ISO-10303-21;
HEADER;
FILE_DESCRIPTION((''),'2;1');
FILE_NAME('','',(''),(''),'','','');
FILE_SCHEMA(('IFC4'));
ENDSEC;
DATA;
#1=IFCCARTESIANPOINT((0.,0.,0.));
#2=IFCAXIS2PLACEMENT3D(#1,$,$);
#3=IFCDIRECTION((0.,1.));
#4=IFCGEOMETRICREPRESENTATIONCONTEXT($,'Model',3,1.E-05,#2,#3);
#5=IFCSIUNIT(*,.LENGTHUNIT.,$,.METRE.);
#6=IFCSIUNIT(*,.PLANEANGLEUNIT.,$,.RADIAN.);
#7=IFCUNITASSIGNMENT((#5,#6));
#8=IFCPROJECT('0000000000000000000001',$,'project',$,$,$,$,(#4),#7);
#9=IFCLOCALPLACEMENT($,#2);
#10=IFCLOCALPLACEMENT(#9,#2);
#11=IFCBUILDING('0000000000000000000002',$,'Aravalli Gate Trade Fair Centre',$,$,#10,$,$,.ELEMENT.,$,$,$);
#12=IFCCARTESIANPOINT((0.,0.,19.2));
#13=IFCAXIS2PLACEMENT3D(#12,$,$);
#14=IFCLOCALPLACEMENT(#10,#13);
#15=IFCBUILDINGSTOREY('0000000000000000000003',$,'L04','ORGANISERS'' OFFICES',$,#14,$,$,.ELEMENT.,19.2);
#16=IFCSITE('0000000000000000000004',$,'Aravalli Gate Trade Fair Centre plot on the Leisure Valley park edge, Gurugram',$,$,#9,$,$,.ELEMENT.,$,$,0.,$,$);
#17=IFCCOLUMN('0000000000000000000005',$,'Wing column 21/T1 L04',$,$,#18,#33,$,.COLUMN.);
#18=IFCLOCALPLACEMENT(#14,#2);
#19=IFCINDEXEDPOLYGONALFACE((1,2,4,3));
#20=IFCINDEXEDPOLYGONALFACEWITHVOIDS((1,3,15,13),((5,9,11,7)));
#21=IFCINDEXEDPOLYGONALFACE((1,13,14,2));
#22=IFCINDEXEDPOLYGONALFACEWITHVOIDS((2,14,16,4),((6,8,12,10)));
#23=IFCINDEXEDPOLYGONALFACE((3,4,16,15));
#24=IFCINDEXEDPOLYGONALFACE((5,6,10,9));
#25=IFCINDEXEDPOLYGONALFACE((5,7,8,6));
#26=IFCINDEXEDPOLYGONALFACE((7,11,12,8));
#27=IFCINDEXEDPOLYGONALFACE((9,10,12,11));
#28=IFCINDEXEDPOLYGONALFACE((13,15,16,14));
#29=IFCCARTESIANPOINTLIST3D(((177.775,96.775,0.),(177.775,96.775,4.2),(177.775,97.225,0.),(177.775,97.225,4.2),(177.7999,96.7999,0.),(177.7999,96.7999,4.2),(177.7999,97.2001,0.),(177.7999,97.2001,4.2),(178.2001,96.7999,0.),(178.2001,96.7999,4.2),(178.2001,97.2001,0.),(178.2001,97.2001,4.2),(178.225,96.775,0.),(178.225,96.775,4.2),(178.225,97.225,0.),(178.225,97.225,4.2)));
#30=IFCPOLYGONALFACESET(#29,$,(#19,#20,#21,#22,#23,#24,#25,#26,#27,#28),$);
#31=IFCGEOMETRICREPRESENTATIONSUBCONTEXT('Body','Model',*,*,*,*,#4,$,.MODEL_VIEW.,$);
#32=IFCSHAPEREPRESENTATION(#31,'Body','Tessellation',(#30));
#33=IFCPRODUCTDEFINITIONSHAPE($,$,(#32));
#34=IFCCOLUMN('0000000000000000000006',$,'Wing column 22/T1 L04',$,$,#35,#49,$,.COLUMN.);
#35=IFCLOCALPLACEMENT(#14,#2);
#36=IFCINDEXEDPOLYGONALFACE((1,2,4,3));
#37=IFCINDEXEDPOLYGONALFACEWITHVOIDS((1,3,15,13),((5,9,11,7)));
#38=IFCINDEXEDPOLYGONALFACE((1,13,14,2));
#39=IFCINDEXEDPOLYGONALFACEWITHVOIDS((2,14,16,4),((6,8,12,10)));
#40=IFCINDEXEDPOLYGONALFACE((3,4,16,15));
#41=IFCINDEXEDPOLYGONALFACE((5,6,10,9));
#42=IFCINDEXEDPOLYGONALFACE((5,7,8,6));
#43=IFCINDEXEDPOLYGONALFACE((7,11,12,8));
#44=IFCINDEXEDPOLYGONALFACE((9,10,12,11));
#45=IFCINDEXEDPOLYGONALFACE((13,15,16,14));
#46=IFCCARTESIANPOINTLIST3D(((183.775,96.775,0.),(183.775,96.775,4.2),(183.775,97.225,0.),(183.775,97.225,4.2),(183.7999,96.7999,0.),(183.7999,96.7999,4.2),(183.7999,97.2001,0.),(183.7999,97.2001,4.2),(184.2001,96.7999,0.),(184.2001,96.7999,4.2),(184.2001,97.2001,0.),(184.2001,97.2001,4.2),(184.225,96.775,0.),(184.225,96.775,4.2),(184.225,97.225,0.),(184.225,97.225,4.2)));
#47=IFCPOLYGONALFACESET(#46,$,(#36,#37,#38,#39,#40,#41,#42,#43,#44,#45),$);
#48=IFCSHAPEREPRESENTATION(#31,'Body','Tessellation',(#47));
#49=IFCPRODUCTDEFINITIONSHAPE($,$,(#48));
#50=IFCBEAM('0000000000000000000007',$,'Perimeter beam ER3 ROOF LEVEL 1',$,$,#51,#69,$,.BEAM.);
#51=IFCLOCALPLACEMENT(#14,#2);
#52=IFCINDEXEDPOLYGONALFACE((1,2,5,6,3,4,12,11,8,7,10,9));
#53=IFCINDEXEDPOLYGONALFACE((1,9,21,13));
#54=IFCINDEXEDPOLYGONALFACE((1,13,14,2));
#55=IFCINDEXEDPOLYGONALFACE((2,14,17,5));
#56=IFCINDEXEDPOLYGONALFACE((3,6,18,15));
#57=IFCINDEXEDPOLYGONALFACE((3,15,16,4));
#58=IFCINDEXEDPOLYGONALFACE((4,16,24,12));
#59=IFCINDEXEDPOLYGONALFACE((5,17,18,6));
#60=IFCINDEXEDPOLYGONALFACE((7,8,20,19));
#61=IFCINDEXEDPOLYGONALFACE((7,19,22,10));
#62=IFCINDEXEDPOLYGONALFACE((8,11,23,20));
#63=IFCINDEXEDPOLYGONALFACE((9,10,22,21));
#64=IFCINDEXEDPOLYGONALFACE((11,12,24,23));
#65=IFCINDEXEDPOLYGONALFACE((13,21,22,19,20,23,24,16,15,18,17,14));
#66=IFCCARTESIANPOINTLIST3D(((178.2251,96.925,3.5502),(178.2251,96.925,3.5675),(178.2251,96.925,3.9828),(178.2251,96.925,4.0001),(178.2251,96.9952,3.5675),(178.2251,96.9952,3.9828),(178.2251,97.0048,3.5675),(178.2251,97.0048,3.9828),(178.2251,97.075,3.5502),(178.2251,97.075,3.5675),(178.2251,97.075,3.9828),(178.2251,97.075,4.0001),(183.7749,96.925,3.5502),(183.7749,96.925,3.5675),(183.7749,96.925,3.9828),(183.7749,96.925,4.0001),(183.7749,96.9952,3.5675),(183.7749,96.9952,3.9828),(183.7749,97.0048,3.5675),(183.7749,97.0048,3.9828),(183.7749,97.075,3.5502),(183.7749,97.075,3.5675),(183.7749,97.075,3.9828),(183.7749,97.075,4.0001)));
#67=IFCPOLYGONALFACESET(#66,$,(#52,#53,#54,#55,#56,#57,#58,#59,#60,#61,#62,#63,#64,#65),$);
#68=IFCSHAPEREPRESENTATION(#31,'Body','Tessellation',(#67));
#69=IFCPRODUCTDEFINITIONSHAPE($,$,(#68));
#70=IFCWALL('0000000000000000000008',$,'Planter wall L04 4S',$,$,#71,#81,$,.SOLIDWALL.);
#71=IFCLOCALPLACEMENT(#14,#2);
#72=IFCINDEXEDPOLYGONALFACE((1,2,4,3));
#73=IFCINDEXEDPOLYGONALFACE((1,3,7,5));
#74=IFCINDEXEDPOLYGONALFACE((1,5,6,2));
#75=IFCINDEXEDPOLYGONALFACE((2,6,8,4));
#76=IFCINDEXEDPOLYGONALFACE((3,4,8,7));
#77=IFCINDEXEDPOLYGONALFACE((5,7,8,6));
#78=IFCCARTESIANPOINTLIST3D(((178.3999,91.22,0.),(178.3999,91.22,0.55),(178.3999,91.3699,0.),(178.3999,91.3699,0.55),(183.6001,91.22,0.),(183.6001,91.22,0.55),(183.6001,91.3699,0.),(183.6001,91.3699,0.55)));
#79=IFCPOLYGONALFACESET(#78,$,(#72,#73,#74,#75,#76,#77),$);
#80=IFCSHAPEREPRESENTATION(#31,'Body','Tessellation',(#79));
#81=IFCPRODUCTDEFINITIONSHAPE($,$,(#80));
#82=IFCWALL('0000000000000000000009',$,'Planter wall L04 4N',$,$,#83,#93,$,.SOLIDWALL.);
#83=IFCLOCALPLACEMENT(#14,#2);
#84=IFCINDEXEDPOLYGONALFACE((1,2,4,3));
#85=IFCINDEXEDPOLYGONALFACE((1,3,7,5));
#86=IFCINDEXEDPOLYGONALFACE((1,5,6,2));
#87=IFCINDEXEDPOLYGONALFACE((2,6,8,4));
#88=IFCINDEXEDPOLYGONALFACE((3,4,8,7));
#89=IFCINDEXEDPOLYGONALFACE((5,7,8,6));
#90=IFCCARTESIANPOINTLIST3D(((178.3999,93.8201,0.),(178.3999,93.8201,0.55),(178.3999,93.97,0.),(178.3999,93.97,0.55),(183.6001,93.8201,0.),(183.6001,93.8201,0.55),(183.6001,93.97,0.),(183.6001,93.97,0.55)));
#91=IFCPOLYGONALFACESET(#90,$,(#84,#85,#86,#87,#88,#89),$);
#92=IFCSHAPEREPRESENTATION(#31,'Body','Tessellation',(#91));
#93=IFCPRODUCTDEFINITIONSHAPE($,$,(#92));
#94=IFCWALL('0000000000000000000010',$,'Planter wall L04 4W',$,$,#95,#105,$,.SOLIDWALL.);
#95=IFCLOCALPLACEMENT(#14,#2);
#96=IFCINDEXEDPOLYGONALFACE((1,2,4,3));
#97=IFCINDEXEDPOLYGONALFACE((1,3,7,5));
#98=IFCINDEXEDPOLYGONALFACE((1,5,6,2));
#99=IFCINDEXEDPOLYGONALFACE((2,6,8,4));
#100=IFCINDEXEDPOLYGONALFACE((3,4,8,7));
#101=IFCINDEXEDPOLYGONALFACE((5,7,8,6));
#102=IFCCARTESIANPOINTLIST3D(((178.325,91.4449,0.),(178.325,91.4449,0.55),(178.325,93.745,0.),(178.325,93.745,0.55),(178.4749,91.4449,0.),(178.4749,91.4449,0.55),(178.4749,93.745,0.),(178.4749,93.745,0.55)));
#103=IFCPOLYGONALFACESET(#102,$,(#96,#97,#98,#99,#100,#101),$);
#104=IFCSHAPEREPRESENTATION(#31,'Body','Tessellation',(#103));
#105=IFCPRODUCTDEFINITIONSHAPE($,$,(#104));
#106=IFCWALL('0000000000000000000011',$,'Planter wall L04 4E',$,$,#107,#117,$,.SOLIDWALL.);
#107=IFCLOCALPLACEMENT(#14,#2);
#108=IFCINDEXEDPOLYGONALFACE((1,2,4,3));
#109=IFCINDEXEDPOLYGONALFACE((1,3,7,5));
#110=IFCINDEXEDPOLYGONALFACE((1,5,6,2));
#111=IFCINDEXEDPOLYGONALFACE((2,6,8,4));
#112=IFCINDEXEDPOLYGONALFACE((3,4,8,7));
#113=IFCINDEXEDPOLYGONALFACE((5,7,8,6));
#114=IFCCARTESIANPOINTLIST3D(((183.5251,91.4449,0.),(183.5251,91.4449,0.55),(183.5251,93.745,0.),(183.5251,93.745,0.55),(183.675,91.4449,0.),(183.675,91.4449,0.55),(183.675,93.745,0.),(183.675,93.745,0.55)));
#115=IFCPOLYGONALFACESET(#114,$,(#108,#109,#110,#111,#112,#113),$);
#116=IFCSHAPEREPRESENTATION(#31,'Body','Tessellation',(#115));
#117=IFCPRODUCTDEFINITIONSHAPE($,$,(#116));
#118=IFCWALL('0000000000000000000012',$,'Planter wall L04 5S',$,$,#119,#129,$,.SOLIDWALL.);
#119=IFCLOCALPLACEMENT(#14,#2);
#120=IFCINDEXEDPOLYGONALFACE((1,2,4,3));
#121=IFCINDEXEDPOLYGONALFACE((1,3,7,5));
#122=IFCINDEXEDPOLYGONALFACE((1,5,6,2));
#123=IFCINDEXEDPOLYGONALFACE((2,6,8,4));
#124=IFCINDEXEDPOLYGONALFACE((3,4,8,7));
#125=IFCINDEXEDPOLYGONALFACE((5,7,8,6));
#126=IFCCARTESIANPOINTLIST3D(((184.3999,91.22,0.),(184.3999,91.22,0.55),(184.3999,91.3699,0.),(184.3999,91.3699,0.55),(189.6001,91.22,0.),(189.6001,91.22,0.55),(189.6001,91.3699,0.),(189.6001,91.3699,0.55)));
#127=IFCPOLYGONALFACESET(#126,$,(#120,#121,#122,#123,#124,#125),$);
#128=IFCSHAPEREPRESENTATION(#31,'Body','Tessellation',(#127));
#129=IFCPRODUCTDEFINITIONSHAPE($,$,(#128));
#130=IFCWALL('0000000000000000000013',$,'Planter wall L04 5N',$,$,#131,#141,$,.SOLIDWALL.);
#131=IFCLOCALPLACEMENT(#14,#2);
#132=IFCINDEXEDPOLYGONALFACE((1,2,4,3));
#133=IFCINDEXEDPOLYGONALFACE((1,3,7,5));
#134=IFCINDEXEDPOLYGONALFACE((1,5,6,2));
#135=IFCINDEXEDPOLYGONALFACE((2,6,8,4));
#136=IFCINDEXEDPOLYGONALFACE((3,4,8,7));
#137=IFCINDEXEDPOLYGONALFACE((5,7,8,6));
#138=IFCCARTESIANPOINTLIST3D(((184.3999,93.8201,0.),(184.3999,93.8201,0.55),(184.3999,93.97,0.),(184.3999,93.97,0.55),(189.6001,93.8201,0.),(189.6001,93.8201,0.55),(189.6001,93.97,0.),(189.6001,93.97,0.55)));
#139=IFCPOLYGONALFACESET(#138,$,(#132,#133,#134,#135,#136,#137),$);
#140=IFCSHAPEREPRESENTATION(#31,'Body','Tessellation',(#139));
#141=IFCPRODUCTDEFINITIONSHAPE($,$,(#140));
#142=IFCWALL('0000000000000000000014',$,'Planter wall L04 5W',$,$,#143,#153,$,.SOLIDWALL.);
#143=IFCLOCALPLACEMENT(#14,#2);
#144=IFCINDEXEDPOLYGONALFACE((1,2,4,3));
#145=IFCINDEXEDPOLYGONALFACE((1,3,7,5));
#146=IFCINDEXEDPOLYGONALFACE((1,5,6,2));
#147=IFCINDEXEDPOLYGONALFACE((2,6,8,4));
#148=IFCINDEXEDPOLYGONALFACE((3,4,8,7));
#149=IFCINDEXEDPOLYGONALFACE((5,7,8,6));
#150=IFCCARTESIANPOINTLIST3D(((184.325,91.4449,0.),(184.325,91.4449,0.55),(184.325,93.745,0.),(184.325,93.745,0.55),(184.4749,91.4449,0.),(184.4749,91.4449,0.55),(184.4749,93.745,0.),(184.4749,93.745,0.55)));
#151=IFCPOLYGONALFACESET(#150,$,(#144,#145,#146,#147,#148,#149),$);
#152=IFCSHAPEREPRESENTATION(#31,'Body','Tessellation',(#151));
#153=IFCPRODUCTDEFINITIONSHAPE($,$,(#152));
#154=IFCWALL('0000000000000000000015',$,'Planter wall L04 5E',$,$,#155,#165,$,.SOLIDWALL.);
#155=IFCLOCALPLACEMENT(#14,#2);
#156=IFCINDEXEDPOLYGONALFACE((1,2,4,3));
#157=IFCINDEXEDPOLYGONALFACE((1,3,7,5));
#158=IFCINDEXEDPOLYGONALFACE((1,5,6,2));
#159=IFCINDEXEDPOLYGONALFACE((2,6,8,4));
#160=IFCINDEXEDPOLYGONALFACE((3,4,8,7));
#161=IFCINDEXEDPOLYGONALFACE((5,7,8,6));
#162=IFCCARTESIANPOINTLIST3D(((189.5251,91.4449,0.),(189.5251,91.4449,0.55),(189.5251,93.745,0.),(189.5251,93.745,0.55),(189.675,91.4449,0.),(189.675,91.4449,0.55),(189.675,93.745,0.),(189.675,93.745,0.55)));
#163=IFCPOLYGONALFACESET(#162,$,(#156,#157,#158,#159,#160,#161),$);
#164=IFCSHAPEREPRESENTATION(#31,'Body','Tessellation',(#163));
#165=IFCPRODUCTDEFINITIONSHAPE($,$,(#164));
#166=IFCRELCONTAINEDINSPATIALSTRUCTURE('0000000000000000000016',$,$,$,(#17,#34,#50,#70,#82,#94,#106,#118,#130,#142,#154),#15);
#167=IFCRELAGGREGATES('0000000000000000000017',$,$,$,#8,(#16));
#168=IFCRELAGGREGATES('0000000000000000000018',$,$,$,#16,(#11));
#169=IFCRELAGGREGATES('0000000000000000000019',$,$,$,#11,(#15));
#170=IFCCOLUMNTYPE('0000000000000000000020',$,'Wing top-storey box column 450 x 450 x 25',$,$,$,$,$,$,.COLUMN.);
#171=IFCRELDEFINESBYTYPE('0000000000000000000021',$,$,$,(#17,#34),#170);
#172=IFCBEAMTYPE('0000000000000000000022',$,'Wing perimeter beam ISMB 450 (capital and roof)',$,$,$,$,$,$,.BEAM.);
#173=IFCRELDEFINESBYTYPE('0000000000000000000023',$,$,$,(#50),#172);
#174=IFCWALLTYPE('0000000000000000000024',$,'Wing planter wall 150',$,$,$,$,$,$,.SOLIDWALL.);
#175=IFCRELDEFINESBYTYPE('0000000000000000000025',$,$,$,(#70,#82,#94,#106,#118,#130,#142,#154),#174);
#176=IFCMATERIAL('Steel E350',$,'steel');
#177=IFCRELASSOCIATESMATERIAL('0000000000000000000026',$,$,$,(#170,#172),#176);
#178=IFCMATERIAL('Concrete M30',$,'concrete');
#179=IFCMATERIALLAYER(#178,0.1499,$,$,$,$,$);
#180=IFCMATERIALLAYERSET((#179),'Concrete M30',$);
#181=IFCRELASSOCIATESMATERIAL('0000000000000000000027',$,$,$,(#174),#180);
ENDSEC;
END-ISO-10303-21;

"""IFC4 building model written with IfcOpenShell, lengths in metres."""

from ifc_helpers import new_model, si_unit, direction, frame, frame_2d, origin, origin_2d, place, context, subcontext, project, spatial, rectangle, hollow_rectangle, i_section, extrude, material, layer, layer_set, material_profile, profile_set, type_object, element, save


model = new_model("IFC4")

# Units and contexts
model_context = context("Model", 3, precision=1e-05, world=origin(), true_north=direction((0.0, 1.0)))
body_context = subcontext(model_context, "Body", "Model", "MODEL_VIEW")
ifc_project = project(units=[si_unit("LENGTHUNIT", "METRE"), si_unit("PLANEANGLEUNIT", "RADIAN")], contexts=[model_context])

# Site, building, storey
site_placement = place(None, origin())
site = spatial("IfcSite", under=ifc_project, at=site_placement, Name="Aravalli Gate Trade Fair Centre plot on the Leisure Valley park edge, Gurugram", CompositionType="ELEMENT", RefElevation=0.0)
building_placement = place(site_placement, origin())
building = spatial("IfcBuilding", under=site, at=building_placement, Name="Aravalli Gate Trade Fair Centre", CompositionType="ELEMENT")
storey_placement = place(building_placement, frame((0.0, 0.0, 19.2)))
storey = spatial("IfcBuildingStorey", under=building, at=storey_placement, Name="L04", Description="ORGANISERS' OFFICES", CompositionType="ELEMENT", Elevation=19.2)

# Columns
ifc_material_1 = material(Name="Steel E350", Category="steel")
ifc_material_profile_1 = material_profile(ifc_material_1, hollow_rectangle(XDim=0.45, YDim=0.45, WallThickness=0.0249, at=origin_2d()), Name="BOX 450x450x25")
ifc_profile_set_1 = profile_set([ifc_material_profile_1], Name="Steel E350")
column_type = type_object("IfcColumnType", Name="Wing top-storey box column 450 x 450 x 25", PredefinedType="COLUMN", material=ifc_profile_set_1)
for number, where, z_axis, x_axis, name in (
    (1, (178.0, 97.0, 0.0), (0.0, 0.0, 1.0), (1.0, 0.0, 0.0), "Wing column 21/T1 L04"),
    (2, (184.0, 97.0, 0.0), (0.0, 0.0, 1.0), (1.0, 0.0, 0.0), "Wing column 22/T1 L04"),
):
    element("IfcColumn", number, at=place(storey_placement, frame(where, z_axis=z_axis, x_axis=x_axis)), inside=storey, type_object=column_type, Name=name, PredefinedType="COLUMN", context=body_context, shape_type="SweptSolid", body=[
        extrude(hollow_rectangle(XDim=0.45, YDim=0.45, WallThickness=0.0249, at=origin_2d()), origin(), (0.0, 0.0, 1.0), 4.2),
    ])

# Beam
ifc_material_profile_2 = material_profile(ifc_material_1, i_section(OverallWidth=0.1499, OverallDepth=0.45, WebThickness=0.0095, FlangeThickness=0.0173, at=origin_2d()), Name="ISMB 450")
ifc_profile_set_2 = profile_set([ifc_material_profile_2], Name="Steel E350")
beam_type = type_object("IfcBeamType", Name="Wing perimeter beam ISMB 450 (capital and roof)", PredefinedType="BEAM", material=ifc_profile_set_2)
beam_placement = place(storey_placement, frame((178.2251, 97.0, 3.7751), z_axis=(1.0, 0.0, 0.0), x_axis=(0.0, 1.0, 0.0)))
element("IfcBeam", 3, at=beam_placement, inside=storey, type_object=beam_type, Name="Perimeter beam ER3 ROOF LEVEL 1", PredefinedType="BEAM", context=body_context, shape_type="SweptSolid", body=[
    extrude(i_section(OverallWidth=0.1499, OverallDepth=0.45, WebThickness=0.0095, FlangeThickness=0.0173, at=origin_2d()), origin(), (0.0, 0.0, 1.0), 5.5498),
])

# Walls
ifc_material_2 = material(Name="Concrete M30", Category="concrete")
ifc_layer_1 = layer(ifc_material_2, 0.1499)
ifc_layer_set_1 = layer_set([ifc_layer_1], Name="Concrete M30")
wall_type_1 = type_object("IfcWallType", Name="Wing planter wall 150", PredefinedType="SOLIDWALL", material=ifc_layer_set_1)
for number, where, z_axis, x_axis, name in (
    (4, (178.3999, 91.2949, 0.0), (0.0, 0.0, 1.0), (1.0, 0.0, 0.0), "Planter wall L04 4S"),
    (5, (178.3999, 93.895, 0.0), (0.0, 0.0, 1.0), (1.0, 0.0, 0.0), "Planter wall L04 4N"),
):
    element("IfcWall", number, at=place(storey_placement, frame(where, z_axis=z_axis, x_axis=x_axis)), inside=storey, type_object=wall_type_1, Name=name, PredefinedType="SOLIDWALL", context=body_context, shape_type="SweptSolid", body=[
        extrude(rectangle(XDim=5.2002, YDim=0.1499, at=frame_2d((2.6001, 0.0))), origin(), (0.0, 0.0, 1.0), 0.55),
    ])
for number, where, z_axis, x_axis, name in (
    (6, (178.3999, 91.4451, 0.0), (0.0, 0.0, 1.0), (0.0, 1.0, 0.0), "Planter wall L04 4W"),
    (7, (183.6001, 91.4451, 0.0), (0.0, 0.0, 1.0), (0.0, 1.0, 0.0), "Planter wall L04 4E"),
):
    element("IfcWall", number, at=place(storey_placement, frame(where, z_axis=z_axis, x_axis=x_axis)), inside=storey, type_object=wall_type_1, Name=name, PredefinedType="SOLIDWALL", context=body_context, shape_type="SweptSolid", body=[
        extrude(rectangle(XDim=2.3, YDim=0.1499, at=frame_2d((1.1499, 0.0))), origin(), (0.0, 0.0, 1.0), 0.55),
    ])
for number, where, z_axis, x_axis, name in (
    (8, (184.3999, 91.2949, 0.0), (0.0, 0.0, 1.0), (1.0, 0.0, 0.0), "Planter wall L04 5S"),
    (9, (184.3999, 93.895, 0.0), (0.0, 0.0, 1.0), (1.0, 0.0, 0.0), "Planter wall L04 5N"),
):
    element("IfcWall", number, at=place(storey_placement, frame(where, z_axis=z_axis, x_axis=x_axis)), inside=storey, type_object=wall_type_1, Name=name, PredefinedType="SOLIDWALL", context=body_context, shape_type="SweptSolid", body=[
        extrude(rectangle(XDim=5.2002, YDim=0.1499, at=frame_2d((2.6001, 0.0))), origin(), (0.0, 0.0, 1.0), 0.55),
    ])
for number, where, z_axis, x_axis, name in (
    (10, (184.3999, 91.4451, 0.0), (0.0, 0.0, 1.0), (0.0, 1.0, 0.0), "Planter wall L04 5W"),
    (11, (189.6001, 91.4451, 0.0), (0.0, 0.0, 1.0), (0.0, 1.0, 0.0), "Planter wall L04 5E"),
):
    element("IfcWall", number, at=place(storey_placement, frame(where, z_axis=z_axis, x_axis=x_axis)), inside=storey, type_object=wall_type_1, Name=name, PredefinedType="SOLIDWALL", context=body_context, shape_type="SweptSolid", body=[
        extrude(rectangle(XDim=2.3, YDim=0.1499, at=frame_2d((1.1499, 0.0))), origin(), (0.0, 0.0, 1.0), 0.55),
    ])

save(model, "model.ifc")
